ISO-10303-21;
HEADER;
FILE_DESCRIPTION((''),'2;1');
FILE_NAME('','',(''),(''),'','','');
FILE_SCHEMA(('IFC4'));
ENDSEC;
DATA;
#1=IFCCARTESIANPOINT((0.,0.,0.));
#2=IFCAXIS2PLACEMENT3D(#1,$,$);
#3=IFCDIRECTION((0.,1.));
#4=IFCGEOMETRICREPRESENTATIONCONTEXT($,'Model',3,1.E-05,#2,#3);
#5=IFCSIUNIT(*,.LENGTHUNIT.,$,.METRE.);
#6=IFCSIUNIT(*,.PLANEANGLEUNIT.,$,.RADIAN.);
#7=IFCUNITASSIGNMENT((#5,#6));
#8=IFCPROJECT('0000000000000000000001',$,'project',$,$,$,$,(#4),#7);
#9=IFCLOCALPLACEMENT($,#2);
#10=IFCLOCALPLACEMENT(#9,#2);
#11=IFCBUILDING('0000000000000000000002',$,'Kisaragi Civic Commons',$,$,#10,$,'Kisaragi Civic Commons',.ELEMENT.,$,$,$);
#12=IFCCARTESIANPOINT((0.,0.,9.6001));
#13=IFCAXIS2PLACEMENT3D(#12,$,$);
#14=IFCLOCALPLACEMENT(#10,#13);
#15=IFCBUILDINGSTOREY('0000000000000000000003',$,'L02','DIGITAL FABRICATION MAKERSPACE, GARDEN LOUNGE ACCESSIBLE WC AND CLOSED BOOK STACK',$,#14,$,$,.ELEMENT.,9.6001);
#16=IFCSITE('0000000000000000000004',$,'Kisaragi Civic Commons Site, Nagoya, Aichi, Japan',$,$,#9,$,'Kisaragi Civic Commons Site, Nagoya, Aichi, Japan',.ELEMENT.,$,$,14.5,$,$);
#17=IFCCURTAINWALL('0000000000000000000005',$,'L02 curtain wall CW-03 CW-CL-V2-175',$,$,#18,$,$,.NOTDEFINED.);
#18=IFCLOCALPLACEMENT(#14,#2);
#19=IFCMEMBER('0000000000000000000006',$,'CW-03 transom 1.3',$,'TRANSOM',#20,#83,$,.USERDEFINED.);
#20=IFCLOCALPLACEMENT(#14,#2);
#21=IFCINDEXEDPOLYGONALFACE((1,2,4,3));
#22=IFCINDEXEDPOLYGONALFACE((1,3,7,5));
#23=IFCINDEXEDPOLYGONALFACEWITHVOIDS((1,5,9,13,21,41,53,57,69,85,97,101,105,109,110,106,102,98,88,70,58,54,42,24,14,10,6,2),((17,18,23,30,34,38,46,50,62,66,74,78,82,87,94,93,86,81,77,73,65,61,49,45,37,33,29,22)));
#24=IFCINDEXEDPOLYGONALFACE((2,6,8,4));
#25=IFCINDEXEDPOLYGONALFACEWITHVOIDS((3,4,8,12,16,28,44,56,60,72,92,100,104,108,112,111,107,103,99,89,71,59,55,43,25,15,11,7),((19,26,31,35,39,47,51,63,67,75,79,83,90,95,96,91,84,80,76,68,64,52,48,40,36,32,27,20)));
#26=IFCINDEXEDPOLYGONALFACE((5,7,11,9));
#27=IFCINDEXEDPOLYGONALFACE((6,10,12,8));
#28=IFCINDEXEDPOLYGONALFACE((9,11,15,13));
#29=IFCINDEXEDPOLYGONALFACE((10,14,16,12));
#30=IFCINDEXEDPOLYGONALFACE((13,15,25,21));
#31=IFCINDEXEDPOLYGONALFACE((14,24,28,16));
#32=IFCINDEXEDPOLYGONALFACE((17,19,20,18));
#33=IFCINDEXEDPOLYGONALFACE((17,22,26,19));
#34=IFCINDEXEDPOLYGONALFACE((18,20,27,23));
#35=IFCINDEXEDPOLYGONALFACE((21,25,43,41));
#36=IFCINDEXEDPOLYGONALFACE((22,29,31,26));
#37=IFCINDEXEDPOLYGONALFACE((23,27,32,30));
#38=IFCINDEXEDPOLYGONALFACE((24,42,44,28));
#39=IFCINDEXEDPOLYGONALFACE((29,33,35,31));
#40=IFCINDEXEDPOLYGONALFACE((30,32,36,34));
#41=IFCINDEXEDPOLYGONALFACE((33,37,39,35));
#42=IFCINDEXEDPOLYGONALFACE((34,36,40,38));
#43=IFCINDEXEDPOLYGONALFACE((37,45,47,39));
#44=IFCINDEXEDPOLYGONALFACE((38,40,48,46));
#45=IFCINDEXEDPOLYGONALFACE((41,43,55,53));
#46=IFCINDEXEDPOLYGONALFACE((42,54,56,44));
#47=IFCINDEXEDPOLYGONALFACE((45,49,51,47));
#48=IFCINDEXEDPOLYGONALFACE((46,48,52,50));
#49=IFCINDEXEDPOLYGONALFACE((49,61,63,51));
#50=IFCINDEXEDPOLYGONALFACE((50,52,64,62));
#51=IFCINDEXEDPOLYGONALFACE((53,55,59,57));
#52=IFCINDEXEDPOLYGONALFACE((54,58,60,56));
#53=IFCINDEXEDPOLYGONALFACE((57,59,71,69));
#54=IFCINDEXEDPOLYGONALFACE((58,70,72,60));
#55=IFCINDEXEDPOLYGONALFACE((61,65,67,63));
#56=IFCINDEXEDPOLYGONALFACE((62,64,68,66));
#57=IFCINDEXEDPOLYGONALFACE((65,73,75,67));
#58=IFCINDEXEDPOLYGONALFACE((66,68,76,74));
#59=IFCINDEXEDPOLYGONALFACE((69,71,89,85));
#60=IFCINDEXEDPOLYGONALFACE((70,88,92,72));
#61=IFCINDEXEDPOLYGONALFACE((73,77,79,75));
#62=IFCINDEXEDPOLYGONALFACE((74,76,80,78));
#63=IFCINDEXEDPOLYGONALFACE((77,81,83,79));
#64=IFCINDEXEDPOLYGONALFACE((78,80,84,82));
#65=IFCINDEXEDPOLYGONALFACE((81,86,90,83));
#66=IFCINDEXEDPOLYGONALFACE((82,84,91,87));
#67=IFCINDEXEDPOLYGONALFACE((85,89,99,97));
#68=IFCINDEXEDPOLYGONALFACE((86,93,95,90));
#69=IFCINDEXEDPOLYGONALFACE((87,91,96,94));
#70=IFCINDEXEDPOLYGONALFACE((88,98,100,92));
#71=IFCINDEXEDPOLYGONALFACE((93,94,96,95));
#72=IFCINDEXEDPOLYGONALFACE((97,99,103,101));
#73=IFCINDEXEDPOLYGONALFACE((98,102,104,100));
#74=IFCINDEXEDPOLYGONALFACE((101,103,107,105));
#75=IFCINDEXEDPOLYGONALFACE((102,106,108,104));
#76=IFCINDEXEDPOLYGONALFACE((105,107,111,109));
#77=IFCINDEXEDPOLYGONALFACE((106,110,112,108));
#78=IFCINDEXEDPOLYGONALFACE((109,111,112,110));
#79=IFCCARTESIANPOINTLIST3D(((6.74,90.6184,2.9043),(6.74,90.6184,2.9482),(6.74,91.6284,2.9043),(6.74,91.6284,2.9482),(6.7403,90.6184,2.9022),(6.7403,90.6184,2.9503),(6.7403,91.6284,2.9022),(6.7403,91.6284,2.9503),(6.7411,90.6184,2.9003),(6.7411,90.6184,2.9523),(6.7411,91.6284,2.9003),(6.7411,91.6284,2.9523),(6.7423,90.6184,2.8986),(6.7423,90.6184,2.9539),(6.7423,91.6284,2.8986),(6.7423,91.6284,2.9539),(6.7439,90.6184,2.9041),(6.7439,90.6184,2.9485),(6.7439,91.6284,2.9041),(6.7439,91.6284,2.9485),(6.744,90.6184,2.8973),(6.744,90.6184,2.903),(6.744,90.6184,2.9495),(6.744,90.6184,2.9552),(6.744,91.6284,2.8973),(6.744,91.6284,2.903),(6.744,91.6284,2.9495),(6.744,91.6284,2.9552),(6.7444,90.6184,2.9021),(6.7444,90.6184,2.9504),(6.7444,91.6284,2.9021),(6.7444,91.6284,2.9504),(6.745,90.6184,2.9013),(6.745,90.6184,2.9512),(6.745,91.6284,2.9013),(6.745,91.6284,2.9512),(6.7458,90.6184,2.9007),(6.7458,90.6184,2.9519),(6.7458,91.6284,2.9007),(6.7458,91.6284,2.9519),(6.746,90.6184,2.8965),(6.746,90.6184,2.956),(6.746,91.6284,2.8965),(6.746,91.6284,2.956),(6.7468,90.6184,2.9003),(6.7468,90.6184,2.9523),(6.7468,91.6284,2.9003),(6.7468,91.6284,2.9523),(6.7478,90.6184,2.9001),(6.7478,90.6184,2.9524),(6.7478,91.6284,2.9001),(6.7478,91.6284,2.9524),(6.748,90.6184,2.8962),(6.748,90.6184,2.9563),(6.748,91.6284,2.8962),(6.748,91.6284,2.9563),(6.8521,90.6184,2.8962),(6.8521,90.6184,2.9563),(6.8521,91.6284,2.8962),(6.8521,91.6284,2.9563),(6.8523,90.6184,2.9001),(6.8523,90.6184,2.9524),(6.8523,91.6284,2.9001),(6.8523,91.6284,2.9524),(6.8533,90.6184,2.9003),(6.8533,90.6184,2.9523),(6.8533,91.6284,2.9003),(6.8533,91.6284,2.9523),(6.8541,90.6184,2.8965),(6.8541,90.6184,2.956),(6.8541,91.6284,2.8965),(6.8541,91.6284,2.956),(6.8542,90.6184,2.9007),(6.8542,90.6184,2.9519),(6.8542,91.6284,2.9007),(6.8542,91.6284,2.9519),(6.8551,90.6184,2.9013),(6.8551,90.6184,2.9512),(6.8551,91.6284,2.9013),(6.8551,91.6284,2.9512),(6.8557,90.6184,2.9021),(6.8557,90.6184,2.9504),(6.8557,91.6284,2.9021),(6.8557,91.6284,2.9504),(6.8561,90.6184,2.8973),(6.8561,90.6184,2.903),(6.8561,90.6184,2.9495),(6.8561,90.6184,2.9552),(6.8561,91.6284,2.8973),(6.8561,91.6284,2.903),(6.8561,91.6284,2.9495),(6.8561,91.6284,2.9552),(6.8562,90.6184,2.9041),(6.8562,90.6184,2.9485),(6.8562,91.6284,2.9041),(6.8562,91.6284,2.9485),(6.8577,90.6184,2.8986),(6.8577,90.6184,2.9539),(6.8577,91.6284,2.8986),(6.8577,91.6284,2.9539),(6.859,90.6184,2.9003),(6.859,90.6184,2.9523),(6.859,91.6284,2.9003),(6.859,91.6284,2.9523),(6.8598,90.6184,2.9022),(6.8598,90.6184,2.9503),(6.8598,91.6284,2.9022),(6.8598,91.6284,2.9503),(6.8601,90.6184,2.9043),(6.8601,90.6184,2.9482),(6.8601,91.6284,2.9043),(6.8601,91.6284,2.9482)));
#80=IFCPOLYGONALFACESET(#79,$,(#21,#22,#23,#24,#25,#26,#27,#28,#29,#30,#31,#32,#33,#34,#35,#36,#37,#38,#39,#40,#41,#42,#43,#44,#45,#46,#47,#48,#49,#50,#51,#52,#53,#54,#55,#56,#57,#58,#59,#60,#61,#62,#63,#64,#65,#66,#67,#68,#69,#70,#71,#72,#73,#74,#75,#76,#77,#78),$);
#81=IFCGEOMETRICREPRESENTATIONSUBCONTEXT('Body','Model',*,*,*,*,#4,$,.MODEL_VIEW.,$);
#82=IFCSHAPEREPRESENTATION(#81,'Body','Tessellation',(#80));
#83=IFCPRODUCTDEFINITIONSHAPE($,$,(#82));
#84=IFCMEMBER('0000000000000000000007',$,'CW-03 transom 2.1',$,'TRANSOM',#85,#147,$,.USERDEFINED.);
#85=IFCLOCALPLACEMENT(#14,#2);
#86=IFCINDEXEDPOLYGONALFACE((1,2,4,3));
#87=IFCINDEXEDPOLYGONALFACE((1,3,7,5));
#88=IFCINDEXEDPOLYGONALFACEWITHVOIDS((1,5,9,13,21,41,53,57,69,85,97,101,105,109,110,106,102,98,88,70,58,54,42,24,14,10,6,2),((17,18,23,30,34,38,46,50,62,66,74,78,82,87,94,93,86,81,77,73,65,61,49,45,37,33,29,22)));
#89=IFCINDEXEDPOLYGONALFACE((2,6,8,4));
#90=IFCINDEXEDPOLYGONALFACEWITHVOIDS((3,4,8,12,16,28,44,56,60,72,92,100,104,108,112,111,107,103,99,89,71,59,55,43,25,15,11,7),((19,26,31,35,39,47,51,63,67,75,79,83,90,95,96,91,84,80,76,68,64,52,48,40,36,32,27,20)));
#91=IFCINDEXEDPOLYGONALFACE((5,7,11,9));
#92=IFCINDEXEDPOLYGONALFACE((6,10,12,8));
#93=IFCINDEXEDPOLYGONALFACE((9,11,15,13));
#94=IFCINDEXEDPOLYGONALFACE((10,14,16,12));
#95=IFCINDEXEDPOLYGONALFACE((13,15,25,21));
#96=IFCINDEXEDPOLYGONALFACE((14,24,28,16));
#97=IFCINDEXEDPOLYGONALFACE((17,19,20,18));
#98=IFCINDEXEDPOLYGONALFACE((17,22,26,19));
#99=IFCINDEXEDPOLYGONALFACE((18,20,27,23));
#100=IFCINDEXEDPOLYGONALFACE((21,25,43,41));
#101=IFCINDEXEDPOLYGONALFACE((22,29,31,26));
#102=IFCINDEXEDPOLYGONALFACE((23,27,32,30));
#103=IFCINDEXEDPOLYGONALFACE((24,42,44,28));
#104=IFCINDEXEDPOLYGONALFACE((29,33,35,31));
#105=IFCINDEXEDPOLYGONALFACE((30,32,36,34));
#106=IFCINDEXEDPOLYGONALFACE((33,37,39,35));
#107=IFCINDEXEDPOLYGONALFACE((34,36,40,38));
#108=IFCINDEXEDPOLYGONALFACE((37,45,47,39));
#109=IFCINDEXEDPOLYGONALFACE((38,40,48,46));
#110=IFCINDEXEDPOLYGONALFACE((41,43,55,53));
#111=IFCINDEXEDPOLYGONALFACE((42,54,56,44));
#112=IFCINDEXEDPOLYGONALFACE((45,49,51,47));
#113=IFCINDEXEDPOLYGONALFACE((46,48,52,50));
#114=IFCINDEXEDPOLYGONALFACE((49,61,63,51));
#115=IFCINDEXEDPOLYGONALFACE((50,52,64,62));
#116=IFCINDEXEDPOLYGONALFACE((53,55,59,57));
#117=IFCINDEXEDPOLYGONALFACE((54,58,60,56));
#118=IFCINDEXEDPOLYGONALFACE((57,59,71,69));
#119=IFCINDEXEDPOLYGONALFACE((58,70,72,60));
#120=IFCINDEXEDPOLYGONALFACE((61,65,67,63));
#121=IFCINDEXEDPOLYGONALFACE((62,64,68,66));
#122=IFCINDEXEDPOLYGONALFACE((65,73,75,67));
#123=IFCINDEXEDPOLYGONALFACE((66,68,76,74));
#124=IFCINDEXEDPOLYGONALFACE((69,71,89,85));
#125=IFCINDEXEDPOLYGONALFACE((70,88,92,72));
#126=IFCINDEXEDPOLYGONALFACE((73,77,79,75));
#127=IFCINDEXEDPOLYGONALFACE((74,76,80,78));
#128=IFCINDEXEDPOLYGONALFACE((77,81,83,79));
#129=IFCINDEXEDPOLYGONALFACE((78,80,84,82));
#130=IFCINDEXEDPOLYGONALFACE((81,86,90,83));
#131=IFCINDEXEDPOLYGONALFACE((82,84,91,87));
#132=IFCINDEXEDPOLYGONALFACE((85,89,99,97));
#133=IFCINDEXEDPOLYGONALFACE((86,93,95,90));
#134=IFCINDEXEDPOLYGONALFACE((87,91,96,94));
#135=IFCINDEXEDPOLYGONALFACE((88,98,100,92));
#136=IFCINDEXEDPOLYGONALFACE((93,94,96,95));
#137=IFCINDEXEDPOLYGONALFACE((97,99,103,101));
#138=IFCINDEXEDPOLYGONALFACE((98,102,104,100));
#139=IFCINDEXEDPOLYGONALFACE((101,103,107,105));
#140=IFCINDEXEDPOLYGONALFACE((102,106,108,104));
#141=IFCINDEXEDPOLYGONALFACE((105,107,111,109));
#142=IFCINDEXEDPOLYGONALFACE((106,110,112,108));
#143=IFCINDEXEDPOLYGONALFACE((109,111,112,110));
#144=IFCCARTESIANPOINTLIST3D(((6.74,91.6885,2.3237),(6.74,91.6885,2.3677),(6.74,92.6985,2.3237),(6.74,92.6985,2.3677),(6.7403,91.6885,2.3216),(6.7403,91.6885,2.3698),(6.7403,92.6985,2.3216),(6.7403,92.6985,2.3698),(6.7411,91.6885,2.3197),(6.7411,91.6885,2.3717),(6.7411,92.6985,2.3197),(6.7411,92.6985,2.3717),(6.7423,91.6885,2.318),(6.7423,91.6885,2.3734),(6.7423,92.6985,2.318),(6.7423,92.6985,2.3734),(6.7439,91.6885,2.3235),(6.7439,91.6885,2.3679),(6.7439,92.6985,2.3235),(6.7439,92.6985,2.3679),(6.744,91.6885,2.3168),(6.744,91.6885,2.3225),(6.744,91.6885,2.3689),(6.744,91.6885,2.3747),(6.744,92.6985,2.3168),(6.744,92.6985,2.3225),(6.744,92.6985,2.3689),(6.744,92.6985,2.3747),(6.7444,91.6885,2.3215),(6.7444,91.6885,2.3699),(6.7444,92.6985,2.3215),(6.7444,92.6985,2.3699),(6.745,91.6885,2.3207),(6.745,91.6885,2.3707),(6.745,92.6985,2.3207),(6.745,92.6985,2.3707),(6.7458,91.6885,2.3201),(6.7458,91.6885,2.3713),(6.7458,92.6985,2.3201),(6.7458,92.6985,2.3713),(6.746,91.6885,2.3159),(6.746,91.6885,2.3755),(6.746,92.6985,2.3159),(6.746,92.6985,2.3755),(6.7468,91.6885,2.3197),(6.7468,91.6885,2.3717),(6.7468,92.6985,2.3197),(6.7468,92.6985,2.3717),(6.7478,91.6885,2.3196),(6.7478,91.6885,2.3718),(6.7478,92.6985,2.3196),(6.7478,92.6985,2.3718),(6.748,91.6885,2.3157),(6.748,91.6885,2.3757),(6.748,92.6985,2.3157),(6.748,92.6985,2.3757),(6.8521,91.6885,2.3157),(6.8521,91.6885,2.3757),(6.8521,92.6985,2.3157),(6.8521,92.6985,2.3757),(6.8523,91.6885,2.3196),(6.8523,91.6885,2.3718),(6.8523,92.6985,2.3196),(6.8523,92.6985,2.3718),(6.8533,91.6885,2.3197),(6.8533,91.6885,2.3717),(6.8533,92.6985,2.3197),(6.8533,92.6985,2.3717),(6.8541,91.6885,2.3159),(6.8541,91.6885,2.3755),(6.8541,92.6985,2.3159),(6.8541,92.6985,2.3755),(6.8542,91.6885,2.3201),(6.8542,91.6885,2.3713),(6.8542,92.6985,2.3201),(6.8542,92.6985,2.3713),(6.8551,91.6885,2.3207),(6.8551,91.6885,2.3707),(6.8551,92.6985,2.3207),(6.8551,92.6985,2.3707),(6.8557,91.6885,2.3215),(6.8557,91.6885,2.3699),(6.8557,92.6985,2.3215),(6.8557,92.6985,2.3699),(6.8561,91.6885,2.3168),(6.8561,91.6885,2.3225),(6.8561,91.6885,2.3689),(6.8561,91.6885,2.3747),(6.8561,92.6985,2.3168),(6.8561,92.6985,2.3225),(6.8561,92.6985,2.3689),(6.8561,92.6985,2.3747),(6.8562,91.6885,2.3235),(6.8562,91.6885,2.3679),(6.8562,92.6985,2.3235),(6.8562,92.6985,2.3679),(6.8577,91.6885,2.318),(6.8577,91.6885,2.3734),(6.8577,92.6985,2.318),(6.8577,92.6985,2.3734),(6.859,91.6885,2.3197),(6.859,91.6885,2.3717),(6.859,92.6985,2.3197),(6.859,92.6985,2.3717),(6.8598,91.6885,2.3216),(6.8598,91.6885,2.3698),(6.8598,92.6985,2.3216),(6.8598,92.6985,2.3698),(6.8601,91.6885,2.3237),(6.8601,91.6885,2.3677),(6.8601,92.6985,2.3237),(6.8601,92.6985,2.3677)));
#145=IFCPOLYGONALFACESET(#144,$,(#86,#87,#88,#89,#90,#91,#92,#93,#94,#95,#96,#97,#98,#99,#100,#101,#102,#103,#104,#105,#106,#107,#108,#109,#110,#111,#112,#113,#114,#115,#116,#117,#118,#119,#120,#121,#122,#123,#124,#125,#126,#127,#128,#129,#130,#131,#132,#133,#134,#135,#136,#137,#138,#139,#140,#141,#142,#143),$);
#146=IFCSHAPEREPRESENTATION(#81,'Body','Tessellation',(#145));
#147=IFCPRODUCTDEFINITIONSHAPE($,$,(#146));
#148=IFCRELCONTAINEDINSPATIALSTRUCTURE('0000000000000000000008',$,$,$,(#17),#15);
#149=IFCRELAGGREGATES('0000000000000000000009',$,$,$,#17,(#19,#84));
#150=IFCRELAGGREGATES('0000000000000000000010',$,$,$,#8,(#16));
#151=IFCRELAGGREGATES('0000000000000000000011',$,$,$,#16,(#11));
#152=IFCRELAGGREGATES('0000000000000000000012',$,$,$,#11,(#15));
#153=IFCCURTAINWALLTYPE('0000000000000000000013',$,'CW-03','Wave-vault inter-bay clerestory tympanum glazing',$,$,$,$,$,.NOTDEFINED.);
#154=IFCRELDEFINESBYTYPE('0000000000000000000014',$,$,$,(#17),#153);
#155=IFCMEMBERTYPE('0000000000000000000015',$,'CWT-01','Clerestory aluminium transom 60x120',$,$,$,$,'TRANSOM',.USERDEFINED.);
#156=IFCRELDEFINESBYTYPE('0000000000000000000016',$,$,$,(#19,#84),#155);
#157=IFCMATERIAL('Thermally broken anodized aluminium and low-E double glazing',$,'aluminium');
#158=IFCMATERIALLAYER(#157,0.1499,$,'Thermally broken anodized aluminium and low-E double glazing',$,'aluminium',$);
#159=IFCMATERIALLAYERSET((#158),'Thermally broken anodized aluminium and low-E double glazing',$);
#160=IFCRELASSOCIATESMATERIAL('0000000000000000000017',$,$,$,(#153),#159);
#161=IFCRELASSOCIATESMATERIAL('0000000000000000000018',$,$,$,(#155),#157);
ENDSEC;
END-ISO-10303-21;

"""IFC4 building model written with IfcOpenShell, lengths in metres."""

from ifc_helpers import new_model, si_unit, direction, frame, origin, origin_2d, place, context, subcontext, project, spatial, hollow_rectangle, extrude, material, layer, layer_set, material_profile, profile_set, type_object, element, aggregate, save


model = new_model("IFC4")

# Units and contexts
model_context = context("Model", 3, precision=1e-05, world=origin(), true_north=direction((0.0, 1.0)))
body_context = subcontext(model_context, "Body", "Model", "MODEL_VIEW")
ifc_project = project(units=[si_unit("LENGTHUNIT", "METRE"), si_unit("PLANEANGLEUNIT", "RADIAN")], contexts=[model_context])

# Site, building, storey
site_placement = place(None, origin())
site = spatial("IfcSite", under=ifc_project, at=site_placement, Name="Kisaragi Civic Commons Site, Nagoya, Aichi, Japan", LongName="Kisaragi Civic Commons Site, Nagoya, Aichi, Japan", CompositionType="ELEMENT", RefElevation=14.5)
building_placement = place(site_placement, origin())
building = spatial("IfcBuilding", under=site, at=building_placement, Name="Kisaragi Civic Commons", LongName="Kisaragi Civic Commons", CompositionType="ELEMENT")
storey_placement = place(building_placement, frame((0.0, 0.0, 9.6001)))
storey = spatial("IfcBuildingStorey", under=building, at=storey_placement, Name="L02", Description="DIGITAL FABRICATION MAKERSPACE, GARDEN LOUNGE ACCESSIBLE WC AND CLOSED BOOK STACK", CompositionType="ELEMENT", Elevation=9.6001)

# Curtain wall
ifc_material_1 = material(Name="Thermally broken anodized aluminium and low-E double glazing", Category="aluminium")
ifc_layer_1 = layer(ifc_material_1, 0.1499, Name="Thermally broken anodized aluminium and low-E double glazing", Category="aluminium")
ifc_layer_set_1 = layer_set([ifc_layer_1], Name="Thermally broken anodized aluminium and low-E double glazing")
curtain_wall_type = type_object("IfcCurtainWallType", Name="CW-03", Description="Wave-vault inter-bay clerestory tympanum glazing", PredefinedType="NOTDEFINED", material=ifc_layer_set_1)
curtain_wall_1_placement = place(storey_placement, origin())
curtain_wall_1 = element("IfcCurtainWall", 1, at=curtain_wall_1_placement, inside=storey, type_object=curtain_wall_type, Name="L02 curtain wall CW-03 CW-CL-V2-175", PredefinedType="NOTDEFINED")

# Members
ifc_material_profile_1 = material_profile(ifc_material_1, hollow_rectangle(XDim=0.1201, YDim=0.0601, WallThickness=0.0039, InnerFilletRadius=0.0039, OuterFilletRadius=0.0081, at=origin_2d()), Name="CWT-60x120x4", Category="aluminium")
ifc_profile_set_1 = profile_set([ifc_material_profile_1], Name="Thermally broken anodized aluminium and low-E double glazing")
member_type_1 = type_object("IfcMemberType", Name="CWT-01", Description="Clerestory aluminium transom 60x120", ElementType="TRANSOM", PredefinedType="USERDEFINED", material=ifc_profile_set_1)
member_1_placement = place(storey_placement, frame((6.8, 90.6184, 2.9263), z_axis=(0.0, 1.0, 0.0), x_axis=(-1.0, 0.0, 0.0)))
member_1 = element("IfcMember", 2, at=member_1_placement, type_object=member_type_1, Name="CW-03 transom 1.3", ObjectType="TRANSOM", PredefinedType="USERDEFINED", context=body_context, shape_type="SweptSolid", body=[
    extrude(hollow_rectangle(XDim=0.1201, YDim=0.0601, WallThickness=0.0039, InnerFilletRadius=0.0039, OuterFilletRadius=0.0081, at=origin_2d()), origin(), (0.0, 0.0, 1.0), 1.01),
])
member_2_placement = place(storey_placement, frame((6.8, 91.6885, 2.3457), z_axis=(0.0, 1.0, 0.0), x_axis=(-1.0, 0.0, 0.0)))
member_2 = element("IfcMember", 3, at=member_2_placement, type_object=member_type_1, Name="CW-03 transom 2.1", ObjectType="TRANSOM", PredefinedType="USERDEFINED", context=body_context, shape_type="SweptSolid", body=[
    extrude(hollow_rectangle(XDim=0.1201, YDim=0.0601, WallThickness=0.0039, InnerFilletRadius=0.0039, OuterFilletRadius=0.0081, at=origin_2d()), origin(), (0.0, 0.0, 1.0), 1.01),
])

aggregate(curtain_wall_1, [member_1, member_2])

save(model, "model.ifc")
